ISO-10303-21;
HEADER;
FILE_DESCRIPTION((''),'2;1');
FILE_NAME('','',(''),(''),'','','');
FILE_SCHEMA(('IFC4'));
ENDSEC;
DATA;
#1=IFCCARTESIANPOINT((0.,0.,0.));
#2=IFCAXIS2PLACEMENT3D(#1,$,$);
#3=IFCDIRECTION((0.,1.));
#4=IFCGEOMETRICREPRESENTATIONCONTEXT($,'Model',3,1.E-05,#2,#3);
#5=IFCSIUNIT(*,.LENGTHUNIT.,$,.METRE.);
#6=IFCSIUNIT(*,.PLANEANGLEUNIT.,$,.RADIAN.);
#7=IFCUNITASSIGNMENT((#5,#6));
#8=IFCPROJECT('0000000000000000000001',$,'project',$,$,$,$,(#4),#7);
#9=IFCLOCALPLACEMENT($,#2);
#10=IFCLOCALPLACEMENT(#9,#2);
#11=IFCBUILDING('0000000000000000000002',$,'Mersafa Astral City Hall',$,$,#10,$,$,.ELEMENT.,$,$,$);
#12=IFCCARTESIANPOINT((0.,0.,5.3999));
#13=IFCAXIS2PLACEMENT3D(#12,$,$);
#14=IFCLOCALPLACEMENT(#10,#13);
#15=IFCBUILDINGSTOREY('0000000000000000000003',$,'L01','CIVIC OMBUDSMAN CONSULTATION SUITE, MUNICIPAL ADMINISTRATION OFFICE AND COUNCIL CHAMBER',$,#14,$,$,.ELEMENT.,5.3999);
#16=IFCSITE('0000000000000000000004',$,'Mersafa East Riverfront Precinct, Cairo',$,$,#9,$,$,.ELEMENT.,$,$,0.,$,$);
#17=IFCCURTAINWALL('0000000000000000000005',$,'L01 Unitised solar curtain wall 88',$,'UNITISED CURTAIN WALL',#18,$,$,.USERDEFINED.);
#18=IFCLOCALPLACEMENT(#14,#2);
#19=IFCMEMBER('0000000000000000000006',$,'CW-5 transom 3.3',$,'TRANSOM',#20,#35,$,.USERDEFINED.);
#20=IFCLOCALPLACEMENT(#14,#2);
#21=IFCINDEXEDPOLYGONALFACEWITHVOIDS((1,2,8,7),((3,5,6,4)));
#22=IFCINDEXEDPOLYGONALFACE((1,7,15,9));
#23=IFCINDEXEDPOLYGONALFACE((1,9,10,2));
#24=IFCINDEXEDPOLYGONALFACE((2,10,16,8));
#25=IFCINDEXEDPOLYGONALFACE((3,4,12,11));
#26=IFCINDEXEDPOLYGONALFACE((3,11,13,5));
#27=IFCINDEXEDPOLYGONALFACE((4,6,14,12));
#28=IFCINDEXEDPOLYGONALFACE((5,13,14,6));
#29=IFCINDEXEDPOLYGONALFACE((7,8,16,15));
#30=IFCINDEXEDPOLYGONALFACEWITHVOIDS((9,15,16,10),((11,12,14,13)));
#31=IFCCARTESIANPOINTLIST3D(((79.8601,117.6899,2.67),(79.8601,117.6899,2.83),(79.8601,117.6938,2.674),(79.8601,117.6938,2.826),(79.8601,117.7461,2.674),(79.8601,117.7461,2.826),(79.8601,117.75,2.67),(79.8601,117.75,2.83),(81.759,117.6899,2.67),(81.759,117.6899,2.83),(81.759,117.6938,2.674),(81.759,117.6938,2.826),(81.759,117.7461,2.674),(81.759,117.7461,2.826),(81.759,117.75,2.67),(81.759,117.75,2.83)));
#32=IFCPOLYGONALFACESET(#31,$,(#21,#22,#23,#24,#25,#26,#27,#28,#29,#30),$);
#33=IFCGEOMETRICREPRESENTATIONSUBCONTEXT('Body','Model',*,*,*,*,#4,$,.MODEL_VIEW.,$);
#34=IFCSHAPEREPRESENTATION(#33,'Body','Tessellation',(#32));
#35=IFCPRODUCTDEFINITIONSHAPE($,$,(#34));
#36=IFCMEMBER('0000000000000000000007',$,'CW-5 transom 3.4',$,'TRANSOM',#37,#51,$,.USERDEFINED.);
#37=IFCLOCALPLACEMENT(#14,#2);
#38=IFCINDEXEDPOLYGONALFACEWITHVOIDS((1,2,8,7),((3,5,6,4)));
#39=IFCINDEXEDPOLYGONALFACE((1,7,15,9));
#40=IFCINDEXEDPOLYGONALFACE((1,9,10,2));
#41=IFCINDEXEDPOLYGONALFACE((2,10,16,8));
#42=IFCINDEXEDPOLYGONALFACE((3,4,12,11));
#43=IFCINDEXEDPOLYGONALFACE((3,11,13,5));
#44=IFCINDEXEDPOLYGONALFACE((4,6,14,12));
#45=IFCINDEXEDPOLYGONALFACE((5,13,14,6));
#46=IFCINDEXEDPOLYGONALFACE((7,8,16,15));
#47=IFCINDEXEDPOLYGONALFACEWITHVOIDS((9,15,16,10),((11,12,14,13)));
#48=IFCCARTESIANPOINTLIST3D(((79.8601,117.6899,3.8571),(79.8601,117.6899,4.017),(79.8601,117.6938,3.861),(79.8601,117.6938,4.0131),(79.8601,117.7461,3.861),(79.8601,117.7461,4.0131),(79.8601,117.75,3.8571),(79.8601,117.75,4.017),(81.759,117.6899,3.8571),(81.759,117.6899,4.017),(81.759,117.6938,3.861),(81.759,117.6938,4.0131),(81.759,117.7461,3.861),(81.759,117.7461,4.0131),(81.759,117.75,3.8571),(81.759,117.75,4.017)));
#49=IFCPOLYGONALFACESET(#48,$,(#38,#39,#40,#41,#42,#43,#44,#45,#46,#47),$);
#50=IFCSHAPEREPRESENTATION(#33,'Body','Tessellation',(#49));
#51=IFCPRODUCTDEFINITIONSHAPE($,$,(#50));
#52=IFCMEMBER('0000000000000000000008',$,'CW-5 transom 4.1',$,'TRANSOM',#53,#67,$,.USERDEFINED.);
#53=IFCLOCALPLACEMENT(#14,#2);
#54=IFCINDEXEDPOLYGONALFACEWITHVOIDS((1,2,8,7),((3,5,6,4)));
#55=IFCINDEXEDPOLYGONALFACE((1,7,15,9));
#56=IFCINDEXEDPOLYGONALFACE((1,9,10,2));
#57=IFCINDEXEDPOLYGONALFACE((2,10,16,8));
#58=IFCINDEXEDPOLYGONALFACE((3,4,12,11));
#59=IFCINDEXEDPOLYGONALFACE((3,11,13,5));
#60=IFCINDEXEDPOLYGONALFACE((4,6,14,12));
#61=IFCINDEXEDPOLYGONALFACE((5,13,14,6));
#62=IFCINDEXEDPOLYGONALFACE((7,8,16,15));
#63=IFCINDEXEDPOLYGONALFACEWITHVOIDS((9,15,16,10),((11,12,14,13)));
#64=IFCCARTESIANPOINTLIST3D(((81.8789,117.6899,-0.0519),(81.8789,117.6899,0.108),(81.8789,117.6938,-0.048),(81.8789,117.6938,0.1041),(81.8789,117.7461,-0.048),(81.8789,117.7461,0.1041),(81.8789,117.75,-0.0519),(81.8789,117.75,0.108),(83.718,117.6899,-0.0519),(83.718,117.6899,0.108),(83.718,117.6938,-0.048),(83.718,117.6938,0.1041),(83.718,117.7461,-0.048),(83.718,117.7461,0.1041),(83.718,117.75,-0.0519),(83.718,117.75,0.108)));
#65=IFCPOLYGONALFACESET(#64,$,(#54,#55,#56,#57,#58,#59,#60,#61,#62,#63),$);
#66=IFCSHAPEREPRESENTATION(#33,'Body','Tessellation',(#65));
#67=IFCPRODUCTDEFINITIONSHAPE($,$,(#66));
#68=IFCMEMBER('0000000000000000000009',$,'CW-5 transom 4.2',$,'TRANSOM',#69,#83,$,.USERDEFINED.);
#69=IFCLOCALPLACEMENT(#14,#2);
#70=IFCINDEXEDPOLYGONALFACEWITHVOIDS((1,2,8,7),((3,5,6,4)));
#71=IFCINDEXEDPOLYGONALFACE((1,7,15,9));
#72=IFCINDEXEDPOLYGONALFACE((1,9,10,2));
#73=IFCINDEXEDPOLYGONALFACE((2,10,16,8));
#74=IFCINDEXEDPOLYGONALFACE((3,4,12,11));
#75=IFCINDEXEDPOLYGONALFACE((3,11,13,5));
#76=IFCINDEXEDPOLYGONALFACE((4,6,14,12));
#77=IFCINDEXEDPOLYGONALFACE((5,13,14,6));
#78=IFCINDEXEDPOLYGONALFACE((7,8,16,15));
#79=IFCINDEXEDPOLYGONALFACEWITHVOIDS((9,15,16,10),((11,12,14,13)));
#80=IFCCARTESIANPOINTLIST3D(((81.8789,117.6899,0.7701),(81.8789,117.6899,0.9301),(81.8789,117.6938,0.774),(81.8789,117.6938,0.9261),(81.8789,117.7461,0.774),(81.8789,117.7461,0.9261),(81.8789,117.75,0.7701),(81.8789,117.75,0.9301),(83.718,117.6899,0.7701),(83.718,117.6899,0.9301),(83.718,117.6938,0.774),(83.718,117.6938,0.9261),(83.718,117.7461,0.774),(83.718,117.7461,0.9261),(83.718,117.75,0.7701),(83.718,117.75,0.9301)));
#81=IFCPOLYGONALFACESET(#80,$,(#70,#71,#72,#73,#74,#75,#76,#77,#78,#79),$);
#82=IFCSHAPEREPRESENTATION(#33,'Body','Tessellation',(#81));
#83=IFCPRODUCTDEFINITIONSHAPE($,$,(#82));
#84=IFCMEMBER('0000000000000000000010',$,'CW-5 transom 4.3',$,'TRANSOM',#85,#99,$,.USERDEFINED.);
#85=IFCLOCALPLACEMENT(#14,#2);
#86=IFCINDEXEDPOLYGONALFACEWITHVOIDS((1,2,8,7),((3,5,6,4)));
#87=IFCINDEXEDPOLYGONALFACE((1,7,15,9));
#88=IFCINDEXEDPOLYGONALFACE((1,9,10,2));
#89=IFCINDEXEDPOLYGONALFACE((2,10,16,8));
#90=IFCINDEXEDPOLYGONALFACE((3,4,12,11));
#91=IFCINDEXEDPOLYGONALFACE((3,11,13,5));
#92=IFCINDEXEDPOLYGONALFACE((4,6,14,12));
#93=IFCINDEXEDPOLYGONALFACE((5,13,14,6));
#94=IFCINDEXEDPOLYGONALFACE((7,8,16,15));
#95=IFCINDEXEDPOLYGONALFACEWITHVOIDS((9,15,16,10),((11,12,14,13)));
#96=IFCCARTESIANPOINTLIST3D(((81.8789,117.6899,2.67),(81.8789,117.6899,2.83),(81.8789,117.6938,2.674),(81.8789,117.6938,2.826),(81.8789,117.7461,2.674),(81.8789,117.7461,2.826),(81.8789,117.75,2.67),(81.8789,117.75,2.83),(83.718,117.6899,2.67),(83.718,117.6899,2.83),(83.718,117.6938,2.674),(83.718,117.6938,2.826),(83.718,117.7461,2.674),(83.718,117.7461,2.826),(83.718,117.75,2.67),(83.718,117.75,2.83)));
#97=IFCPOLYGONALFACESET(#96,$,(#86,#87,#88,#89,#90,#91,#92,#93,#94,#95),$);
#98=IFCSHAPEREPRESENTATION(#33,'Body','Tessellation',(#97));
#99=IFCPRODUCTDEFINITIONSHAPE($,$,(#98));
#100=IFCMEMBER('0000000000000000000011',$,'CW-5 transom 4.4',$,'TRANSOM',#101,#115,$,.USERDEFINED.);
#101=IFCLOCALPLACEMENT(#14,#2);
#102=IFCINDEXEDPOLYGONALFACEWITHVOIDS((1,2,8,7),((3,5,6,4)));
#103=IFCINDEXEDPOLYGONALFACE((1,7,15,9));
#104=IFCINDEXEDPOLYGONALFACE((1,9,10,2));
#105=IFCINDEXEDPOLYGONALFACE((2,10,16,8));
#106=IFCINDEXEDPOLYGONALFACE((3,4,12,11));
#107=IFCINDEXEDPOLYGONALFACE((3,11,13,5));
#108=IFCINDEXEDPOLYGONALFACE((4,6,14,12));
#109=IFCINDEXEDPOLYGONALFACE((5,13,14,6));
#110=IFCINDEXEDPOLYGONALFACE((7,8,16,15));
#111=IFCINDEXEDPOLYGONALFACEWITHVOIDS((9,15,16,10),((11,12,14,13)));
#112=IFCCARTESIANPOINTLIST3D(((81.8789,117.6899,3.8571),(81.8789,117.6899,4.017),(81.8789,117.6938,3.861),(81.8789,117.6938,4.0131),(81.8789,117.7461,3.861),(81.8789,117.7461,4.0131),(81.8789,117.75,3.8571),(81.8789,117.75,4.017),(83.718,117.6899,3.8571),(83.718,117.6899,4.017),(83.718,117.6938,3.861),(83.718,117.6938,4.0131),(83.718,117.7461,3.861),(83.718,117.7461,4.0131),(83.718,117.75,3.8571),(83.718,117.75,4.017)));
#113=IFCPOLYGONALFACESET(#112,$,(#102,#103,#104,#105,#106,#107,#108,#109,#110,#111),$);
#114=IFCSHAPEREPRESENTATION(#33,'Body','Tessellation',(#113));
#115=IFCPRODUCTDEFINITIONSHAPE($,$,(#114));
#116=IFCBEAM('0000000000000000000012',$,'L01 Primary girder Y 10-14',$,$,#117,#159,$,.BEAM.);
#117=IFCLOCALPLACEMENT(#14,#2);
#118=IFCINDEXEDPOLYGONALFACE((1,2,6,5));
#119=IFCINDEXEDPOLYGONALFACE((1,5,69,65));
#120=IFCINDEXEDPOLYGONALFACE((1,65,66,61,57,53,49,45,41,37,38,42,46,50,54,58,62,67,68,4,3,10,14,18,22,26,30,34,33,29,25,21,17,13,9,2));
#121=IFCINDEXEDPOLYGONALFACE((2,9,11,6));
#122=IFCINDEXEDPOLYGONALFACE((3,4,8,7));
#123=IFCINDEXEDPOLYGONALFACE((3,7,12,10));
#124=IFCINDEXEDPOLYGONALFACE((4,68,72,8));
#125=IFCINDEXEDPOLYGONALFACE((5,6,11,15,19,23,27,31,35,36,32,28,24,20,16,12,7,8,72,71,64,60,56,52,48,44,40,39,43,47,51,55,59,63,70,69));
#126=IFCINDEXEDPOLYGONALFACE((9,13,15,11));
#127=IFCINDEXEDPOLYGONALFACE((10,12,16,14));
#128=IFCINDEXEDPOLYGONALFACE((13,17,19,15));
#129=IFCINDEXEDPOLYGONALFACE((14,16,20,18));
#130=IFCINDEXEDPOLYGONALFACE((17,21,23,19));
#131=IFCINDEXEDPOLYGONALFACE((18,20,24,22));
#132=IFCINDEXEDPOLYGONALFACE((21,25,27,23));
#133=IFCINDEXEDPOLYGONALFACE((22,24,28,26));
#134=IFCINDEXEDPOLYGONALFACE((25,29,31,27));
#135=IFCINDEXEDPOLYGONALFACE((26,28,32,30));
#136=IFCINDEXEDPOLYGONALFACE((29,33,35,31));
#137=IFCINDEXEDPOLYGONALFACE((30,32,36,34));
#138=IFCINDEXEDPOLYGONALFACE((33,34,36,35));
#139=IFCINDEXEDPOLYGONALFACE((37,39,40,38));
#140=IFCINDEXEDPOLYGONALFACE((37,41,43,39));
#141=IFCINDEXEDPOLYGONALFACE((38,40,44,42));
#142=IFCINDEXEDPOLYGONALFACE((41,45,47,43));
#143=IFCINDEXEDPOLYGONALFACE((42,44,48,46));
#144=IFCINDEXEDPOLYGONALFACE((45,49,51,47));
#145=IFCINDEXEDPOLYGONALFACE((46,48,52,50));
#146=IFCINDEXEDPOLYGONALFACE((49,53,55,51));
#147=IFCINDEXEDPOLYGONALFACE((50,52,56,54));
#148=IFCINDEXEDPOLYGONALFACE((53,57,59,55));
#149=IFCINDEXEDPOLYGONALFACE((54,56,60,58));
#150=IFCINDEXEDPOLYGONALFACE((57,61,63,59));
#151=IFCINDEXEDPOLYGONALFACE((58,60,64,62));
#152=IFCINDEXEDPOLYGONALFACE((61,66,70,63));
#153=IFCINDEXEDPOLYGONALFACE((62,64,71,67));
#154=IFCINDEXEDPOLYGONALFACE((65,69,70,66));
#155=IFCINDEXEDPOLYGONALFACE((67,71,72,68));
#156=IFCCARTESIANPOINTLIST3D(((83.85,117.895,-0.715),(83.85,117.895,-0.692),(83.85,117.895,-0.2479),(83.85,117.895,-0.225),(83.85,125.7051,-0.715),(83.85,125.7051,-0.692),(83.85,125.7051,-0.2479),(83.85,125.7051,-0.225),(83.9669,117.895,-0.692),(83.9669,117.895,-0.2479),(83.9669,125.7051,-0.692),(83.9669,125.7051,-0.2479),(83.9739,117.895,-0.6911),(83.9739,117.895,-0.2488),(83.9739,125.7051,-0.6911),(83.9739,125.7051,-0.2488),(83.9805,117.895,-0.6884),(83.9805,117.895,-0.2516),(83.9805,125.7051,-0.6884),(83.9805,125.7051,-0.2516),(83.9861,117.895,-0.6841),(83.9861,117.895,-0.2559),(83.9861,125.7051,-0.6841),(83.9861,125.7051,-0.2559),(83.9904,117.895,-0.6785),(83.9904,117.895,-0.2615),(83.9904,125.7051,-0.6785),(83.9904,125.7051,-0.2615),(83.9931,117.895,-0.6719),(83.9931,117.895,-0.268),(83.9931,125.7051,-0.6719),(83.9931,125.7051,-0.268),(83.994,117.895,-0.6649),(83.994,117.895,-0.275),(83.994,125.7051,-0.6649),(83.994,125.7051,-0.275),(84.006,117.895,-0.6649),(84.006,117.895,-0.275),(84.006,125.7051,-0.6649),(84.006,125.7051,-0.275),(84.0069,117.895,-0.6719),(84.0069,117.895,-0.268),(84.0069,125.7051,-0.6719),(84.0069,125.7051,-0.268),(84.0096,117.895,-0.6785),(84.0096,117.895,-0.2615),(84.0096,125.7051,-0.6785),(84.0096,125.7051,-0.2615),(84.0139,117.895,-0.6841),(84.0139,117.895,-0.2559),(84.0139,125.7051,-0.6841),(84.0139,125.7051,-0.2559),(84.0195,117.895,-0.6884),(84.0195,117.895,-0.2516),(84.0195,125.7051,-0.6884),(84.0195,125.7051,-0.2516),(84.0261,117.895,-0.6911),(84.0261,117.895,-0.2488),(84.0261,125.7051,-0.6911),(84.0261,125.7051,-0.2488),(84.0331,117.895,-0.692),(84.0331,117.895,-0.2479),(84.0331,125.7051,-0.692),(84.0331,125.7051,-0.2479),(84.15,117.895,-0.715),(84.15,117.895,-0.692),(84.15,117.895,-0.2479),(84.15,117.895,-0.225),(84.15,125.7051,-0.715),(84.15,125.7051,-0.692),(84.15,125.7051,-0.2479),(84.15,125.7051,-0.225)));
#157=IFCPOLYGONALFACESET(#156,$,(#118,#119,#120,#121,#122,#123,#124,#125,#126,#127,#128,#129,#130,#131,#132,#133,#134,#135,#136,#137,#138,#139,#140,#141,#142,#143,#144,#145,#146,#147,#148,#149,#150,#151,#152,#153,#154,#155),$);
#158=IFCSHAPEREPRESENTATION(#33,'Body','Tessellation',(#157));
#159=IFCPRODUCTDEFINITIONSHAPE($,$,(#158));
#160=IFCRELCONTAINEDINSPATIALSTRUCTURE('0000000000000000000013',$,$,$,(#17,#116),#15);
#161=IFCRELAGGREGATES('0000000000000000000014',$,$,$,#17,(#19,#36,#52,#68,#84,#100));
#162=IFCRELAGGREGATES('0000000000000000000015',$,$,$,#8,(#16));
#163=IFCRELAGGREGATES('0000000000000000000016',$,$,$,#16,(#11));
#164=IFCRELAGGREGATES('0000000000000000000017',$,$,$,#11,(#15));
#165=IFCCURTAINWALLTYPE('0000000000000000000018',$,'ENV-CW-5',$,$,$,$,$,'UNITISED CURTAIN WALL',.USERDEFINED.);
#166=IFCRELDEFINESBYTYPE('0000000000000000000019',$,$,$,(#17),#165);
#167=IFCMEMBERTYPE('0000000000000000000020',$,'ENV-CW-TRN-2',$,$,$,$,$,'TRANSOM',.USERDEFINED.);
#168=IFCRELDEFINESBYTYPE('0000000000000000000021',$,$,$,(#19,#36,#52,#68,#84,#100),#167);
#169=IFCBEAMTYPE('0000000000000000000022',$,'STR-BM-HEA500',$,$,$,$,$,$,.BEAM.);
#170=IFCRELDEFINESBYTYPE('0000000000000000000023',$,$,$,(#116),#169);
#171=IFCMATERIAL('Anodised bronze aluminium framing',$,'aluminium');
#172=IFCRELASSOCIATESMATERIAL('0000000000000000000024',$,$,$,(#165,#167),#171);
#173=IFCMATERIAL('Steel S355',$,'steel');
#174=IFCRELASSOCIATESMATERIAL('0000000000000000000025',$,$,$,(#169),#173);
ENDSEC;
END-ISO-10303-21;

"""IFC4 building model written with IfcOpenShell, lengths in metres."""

from ifc_helpers import new_model, si_unit, direction, frame, origin, origin_2d, place, context, subcontext, project, spatial, hollow_rectangle, i_section, extrude, material, material_profile, profile_set, type_object, element, aggregate, save


model = new_model("IFC4")

# Units and contexts
model_context = context("Model", 3, precision=1e-05, world=origin(), true_north=direction((0.0, 1.0)))
body_context = subcontext(model_context, "Body", "Model", "MODEL_VIEW")
ifc_project = project(units=[si_unit("LENGTHUNIT", "METRE"), si_unit("PLANEANGLEUNIT", "RADIAN")], contexts=[model_context])

# Site, building, storey
site_placement = place(None, origin())
site = spatial("IfcSite", under=ifc_project, at=site_placement, Name="Mersafa East Riverfront Precinct, Cairo", CompositionType="ELEMENT", RefElevation=0.0)
building_placement = place(site_placement, origin())
building = spatial("IfcBuilding", under=site, at=building_placement, Name="Mersafa Astral City Hall", CompositionType="ELEMENT")
storey_placement = place(building_placement, frame((0.0, 0.0, 5.3999)))
storey = spatial("IfcBuildingStorey", under=building, at=storey_placement, Name="L01", Description="CIVIC OMBUDSMAN CONSULTATION SUITE, MUNICIPAL ADMINISTRATION OFFICE AND COUNCIL CHAMBER", CompositionType="ELEMENT", Elevation=5.3999)

# Shared definitions
ifc_material_1 = material(Name="Steel S355", Category="steel")

# Curtain wall, members
ifc_material_2 = material(Name="Anodised bronze aluminium framing", Category="aluminium")
curtain_wall_type = type_object("IfcCurtainWallType", Name="ENV-CW-5", ElementType="UNITISED CURTAIN WALL", PredefinedType="USERDEFINED", material=ifc_material_2)
curtain_wall_placement = place(storey_placement, origin())
curtain_wall = element("IfcCurtainWall", 1, at=curtain_wall_placement, inside=storey, type_object=curtain_wall_type, Name="L01 Unitised solar curtain wall 88", ObjectType="UNITISED CURTAIN WALL", PredefinedType="USERDEFINED")
ifc_material_profile_1 = material_profile(ifc_material_2, hollow_rectangle(XDim=0.0601, YDim=0.1599, WallThickness=0.0039, at=origin_2d()), Name="RHS 60x160x4")
ifc_profile_set_1 = profile_set([ifc_material_profile_1], Name="Anodised bronze aluminium framing")
member_type_1 = type_object("IfcMemberType", Name="ENV-CW-TRN-2", ElementType="TRANSOM", PredefinedType="USERDEFINED", material=ifc_profile_set_1)
member_1_placement = place(storey_placement, frame((79.8601, 117.72, 2.75), z_axis=(1.0, 0.0, 0.0), x_axis=(0.0, 1.0, 0.0)))
member_1 = element("IfcMember", 2, at=member_1_placement, type_object=member_type_1, Name="CW-5 transom 3.3", ObjectType="TRANSOM", PredefinedType="USERDEFINED", context=body_context, shape_type="SweptSolid", body=[
    extrude(hollow_rectangle(XDim=0.0601, YDim=0.1599, WallThickness=0.0039, at=origin_2d()), origin(), (0.0, 0.0, 1.0), 1.8989),
])
member_2_placement = place(storey_placement, frame((79.8601, 117.72, 3.937), z_axis=(1.0, 0.0, 0.0), x_axis=(0.0, 1.0, 0.0)))
member_2 = element("IfcMember", 3, at=member_2_placement, type_object=member_type_1, Name="CW-5 transom 3.4", ObjectType="TRANSOM", PredefinedType="USERDEFINED", context=body_context, shape_type="SweptSolid", body=[
    extrude(hollow_rectangle(XDim=0.0601, YDim=0.1599, WallThickness=0.0039, at=origin_2d()), origin(), (0.0, 0.0, 1.0), 1.8989),
])
member_3_placement = place(storey_placement, frame((81.8789, 117.72, 0.0281), z_axis=(1.0, 0.0, 0.0), x_axis=(0.0, 1.0, 0.0)))
member_3 = element("IfcMember", 4, at=member_3_placement, type_object=member_type_1, Name="CW-5 transom 4.1", ObjectType="TRANSOM", PredefinedType="USERDEFINED", context=body_context, shape_type="SweptSolid", body=[
    extrude(hollow_rectangle(XDim=0.0601, YDim=0.1599, WallThickness=0.0039, at=origin_2d()), origin(), (0.0, 0.0, 1.0), 1.8391),
])
member_4_placement = place(storey_placement, frame((81.8789, 117.72, 0.8501), z_axis=(1.0, 0.0, 0.0), x_axis=(0.0, 1.0, 0.0)))
member_4 = element("IfcMember", 5, at=member_4_placement, type_object=member_type_1, Name="CW-5 transom 4.2", ObjectType="TRANSOM", PredefinedType="USERDEFINED", context=body_context, shape_type="SweptSolid", body=[
    extrude(hollow_rectangle(XDim=0.0601, YDim=0.1599, WallThickness=0.0039, at=origin_2d()), origin(), (0.0, 0.0, 1.0), 1.8391),
])
member_5_placement = place(storey_placement, frame((81.8789, 117.72, 2.75), z_axis=(1.0, 0.0, 0.0), x_axis=(0.0, 1.0, 0.0)))
member_5 = element("IfcMember", 6, at=member_5_placement, type_object=member_type_1, Name="CW-5 transom 4.3", ObjectType="TRANSOM", PredefinedType="USERDEFINED", context=body_context, shape_type="SweptSolid", body=[
    extrude(hollow_rectangle(XDim=0.0601, YDim=0.1599, WallThickness=0.0039, at=origin_2d()), origin(), (0.0, 0.0, 1.0), 1.8391),
])
member_6_placement = place(storey_placement, frame((81.8789, 117.72, 3.937), z_axis=(1.0, 0.0, 0.0), x_axis=(0.0, 1.0, 0.0)))
member_6 = element("IfcMember", 7, at=member_6_placement, type_object=member_type_1, Name="CW-5 transom 4.4", ObjectType="TRANSOM", PredefinedType="USERDEFINED", context=body_context, shape_type="SweptSolid", body=[
    extrude(hollow_rectangle(XDim=0.0601, YDim=0.1599, WallThickness=0.0039, at=origin_2d()), origin(), (0.0, 0.0, 1.0), 1.8391),
])

# Beam
ifc_material_profile_2 = material_profile(ifc_material_1, i_section(OverallWidth=0.3, OverallDepth=0.49, WebThickness=0.012, FlangeThickness=0.0229, FilletRadius=0.0271, at=origin_2d()), Name="HEA 500")
ifc_profile_set_2 = profile_set([ifc_material_profile_2], Name="Steel S355")
beam_type_1 = type_object("IfcBeamType", Name="STR-BM-HEA500", PredefinedType="BEAM", material=ifc_profile_set_2)
beam_1_placement = place(storey_placement, frame((84.0, 117.895, -0.47), z_axis=(0.0, 1.0, 0.0), x_axis=(-1.0, 0.0, 0.0)))
element("IfcBeam", 8, at=beam_1_placement, inside=storey, type_object=beam_type_1, Name="L01 Primary girder Y 10-14", PredefinedType="BEAM", context=body_context, shape_type="SweptSolid", body=[
    extrude(i_section(OverallWidth=0.3, OverallDepth=0.49, WebThickness=0.012, FlangeThickness=0.0229, FilletRadius=0.0271, at=origin_2d()), origin(), (0.0, 0.0, 1.0), 7.8101),
])

aggregate(curtain_wall, [member_1, member_2, member_3, member_4, member_5, member_6])

save(model, "model.ifc")
